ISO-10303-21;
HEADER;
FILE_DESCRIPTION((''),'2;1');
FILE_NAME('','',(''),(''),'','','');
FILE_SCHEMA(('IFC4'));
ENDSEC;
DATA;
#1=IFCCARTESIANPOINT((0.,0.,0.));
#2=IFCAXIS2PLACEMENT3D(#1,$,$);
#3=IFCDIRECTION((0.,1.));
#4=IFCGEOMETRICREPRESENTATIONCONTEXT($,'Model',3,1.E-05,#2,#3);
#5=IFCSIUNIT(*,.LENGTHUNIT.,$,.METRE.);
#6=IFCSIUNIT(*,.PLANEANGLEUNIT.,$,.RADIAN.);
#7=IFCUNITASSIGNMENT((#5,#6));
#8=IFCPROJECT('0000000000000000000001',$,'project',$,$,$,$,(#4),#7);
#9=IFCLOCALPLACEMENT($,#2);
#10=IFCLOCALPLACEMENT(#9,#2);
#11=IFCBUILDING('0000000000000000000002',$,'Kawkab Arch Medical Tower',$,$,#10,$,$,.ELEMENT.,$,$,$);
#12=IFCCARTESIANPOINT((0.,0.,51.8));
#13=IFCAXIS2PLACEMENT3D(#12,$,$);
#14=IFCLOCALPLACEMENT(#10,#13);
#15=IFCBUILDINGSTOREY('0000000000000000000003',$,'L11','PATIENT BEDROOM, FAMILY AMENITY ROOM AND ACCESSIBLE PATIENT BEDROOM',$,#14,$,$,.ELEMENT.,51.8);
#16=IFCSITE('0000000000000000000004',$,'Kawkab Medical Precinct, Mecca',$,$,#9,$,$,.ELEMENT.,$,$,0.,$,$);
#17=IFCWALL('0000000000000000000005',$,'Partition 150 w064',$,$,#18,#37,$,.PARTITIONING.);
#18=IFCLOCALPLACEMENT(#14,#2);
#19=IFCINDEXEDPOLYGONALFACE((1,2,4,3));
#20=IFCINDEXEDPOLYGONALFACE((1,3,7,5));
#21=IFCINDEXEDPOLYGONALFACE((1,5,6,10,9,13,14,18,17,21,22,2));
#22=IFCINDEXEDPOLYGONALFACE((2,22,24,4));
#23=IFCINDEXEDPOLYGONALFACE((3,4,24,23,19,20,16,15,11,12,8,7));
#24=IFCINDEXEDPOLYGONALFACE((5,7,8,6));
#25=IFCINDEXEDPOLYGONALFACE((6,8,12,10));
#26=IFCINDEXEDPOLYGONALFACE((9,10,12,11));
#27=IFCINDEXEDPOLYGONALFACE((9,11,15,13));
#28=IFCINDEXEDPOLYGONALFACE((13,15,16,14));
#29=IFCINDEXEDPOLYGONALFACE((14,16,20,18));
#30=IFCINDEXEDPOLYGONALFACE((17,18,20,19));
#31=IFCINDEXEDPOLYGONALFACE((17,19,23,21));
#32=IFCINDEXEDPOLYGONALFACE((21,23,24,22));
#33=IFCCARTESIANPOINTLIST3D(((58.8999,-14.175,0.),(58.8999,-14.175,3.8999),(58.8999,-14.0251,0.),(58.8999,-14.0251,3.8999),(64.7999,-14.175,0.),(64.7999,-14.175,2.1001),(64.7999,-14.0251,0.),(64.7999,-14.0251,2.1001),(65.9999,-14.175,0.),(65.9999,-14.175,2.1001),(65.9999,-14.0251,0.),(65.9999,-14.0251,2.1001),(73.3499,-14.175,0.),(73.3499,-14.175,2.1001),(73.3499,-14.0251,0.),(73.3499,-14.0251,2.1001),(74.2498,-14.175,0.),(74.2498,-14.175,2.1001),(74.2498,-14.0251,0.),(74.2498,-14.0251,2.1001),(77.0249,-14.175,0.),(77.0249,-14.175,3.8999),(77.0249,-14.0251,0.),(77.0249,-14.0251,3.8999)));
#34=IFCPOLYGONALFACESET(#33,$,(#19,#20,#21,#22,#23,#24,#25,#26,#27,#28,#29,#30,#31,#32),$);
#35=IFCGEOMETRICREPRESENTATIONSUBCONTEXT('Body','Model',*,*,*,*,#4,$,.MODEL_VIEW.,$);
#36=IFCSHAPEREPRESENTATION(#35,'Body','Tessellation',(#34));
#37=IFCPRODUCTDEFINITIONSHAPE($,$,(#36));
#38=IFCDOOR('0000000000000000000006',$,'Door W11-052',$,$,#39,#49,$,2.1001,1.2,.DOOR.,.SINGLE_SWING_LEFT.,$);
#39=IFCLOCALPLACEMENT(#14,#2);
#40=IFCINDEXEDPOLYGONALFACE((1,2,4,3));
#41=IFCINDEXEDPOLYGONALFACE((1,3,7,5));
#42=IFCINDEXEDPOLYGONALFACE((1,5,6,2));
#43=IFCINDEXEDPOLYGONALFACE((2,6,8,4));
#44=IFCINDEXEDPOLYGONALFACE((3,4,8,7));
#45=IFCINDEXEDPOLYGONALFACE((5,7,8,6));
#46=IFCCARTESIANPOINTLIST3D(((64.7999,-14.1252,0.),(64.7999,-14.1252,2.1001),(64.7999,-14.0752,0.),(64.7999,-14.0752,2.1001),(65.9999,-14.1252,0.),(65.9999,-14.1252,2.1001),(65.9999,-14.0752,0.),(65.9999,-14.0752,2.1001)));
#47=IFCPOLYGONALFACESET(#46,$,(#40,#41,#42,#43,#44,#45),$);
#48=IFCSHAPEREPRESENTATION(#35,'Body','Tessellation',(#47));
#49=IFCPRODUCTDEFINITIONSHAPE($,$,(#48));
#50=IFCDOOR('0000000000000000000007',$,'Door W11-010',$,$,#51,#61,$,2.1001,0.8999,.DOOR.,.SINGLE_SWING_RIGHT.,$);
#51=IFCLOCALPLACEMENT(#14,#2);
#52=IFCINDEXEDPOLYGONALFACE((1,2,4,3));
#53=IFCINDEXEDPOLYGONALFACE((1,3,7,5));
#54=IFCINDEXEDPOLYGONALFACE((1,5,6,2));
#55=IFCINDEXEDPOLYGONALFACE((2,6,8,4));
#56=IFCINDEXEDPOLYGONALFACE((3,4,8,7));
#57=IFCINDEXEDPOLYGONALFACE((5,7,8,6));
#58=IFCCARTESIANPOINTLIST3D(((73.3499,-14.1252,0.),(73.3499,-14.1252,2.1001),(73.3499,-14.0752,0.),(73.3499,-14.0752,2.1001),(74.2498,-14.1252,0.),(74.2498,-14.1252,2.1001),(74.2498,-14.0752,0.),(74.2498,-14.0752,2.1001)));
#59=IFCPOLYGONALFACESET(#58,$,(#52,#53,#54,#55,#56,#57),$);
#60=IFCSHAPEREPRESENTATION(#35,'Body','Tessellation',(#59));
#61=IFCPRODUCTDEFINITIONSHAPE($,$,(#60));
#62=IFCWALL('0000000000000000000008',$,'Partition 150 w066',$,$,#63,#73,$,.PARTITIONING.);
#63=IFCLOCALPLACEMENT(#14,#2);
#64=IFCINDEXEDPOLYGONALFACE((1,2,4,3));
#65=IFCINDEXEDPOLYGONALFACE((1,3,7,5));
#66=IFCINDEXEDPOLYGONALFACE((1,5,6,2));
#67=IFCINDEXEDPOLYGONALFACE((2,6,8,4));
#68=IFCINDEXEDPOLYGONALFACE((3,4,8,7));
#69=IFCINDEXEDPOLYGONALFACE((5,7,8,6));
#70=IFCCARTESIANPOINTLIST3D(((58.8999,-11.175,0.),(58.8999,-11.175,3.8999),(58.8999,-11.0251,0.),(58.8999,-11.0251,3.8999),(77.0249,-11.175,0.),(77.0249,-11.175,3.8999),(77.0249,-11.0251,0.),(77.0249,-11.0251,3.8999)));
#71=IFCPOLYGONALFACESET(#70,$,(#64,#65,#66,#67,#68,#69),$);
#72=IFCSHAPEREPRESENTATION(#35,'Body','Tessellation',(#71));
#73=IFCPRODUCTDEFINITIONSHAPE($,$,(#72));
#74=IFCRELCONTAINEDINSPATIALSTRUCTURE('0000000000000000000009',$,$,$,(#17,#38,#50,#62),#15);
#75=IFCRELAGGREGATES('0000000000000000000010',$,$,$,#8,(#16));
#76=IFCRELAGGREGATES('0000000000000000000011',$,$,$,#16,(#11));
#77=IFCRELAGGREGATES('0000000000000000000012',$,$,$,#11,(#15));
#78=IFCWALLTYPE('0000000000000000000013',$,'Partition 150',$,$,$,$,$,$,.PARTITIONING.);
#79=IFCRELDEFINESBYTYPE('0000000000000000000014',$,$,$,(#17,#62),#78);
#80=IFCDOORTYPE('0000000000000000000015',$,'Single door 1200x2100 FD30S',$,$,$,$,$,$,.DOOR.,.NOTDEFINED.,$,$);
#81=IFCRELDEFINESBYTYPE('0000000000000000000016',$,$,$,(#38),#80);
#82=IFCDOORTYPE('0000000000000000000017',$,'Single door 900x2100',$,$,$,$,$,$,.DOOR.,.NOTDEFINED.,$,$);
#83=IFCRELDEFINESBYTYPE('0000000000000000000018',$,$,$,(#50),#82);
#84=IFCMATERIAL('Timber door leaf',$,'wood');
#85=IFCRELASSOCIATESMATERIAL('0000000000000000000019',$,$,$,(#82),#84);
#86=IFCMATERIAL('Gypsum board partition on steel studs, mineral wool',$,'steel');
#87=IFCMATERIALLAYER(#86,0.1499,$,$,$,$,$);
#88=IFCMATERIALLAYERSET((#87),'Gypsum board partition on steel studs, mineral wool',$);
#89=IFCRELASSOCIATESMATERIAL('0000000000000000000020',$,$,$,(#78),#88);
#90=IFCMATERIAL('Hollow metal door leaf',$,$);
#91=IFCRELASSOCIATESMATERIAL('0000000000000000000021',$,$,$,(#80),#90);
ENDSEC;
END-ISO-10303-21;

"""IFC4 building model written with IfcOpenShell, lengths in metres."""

from ifc_helpers import new_model, si_unit, direction, frame, frame_2d, origin, place, context, subcontext, project, spatial, rectangle, extrude, material, layer, layer_set, type_object, element, fill, save


model = new_model("IFC4")

# Units and contexts
model_context = context("Model", 3, precision=1e-05, world=origin(), true_north=direction((0.0, 1.0)))
body_context = subcontext(model_context, "Body", "Model", "MODEL_VIEW")
ifc_project = project(units=[si_unit("LENGTHUNIT", "METRE"), si_unit("PLANEANGLEUNIT", "RADIAN")], contexts=[model_context])

# Site, building, storey
site_placement = place(None, origin())
site = spatial("IfcSite", under=ifc_project, at=site_placement, Name="Kawkab Medical Precinct, Mecca", CompositionType="ELEMENT", RefElevation=0.0)
building_placement = place(site_placement, origin())
building = spatial("IfcBuilding", under=site, at=building_placement, Name="Kawkab Arch Medical Tower", CompositionType="ELEMENT")
storey_placement = place(building_placement, frame((0.0, 0.0, 51.8)))
storey = spatial("IfcBuildingStorey", under=building, at=storey_placement, Name="L11", Description="PATIENT BEDROOM, FAMILY AMENITY ROOM AND ACCESSIBLE PATIENT BEDROOM", CompositionType="ELEMENT", Elevation=51.8)

# Shared definitions
ifc_material_1 = material(Name="Timber door leaf", Category="wood")
door_type_1 = type_object("IfcDoorType", Name="Single door 900x2100", OperationType="NOTDEFINED", PredefinedType="DOOR", material=ifc_material_1)

# Wall, openings, doors
ifc_material_2 = material(Name="Gypsum board partition on steel studs, mineral wool", Category="steel")
ifc_layer_1 = layer(ifc_material_2, 0.1499)
ifc_layer_set_1 = layer_set([ifc_layer_1], Name="Gypsum board partition on steel studs, mineral wool")
wall_type_1 = type_object("IfcWallType", Name="Partition 150", PredefinedType="PARTITIONING", material=ifc_layer_set_1)
wall_1_placement = place(storey_placement, frame((58.8999, -14.1001, 0.0), z_axis=(0.0, 0.0, 1.0), x_axis=(1.0, 0.0, 0.0)))
wall_1 = element("IfcWall", 1, at=wall_1_placement, inside=storey, type_object=wall_type_1, Name="Partition 150 w064", PredefinedType="PARTITIONING", context=body_context, shape_type="SweptSolid", body=[
    extrude(rectangle(XDim=18.125, YDim=0.1499, at=frame_2d((9.0625, 0.0))), origin(), (0.0, 0.0, 1.0), 3.8999),
])
opening_1_placement = place(wall_1_placement, frame((5.8999, 0.0, 0.0)))
opening_1 = element("IfcOpeningElement", 2, at=opening_1_placement, cuts=wall_1, PredefinedType="OPENING", context=body_context, shape_type="SweptSolid", body=[
    extrude(rectangle(XDim=1.2, YDim=2.1001, at=frame_2d((0.6001, 1.05))), frame((0.0, 0.085, 0.0), z_axis=(0.0, -1.0, 0.0), x_axis=(1.0, 0.0, 0.0)), (0.0, 0.0, 1.0), 0.1699),
])
opening_2_placement = place(wall_1_placement, frame((14.45, 0.0, 0.0)))
opening_2 = element("IfcOpeningElement", 3, at=opening_2_placement, cuts=wall_1, PredefinedType="OPENING", context=body_context, shape_type="SweptSolid", body=[
    extrude(rectangle(XDim=0.8999, YDim=2.1001, at=frame_2d((0.45, 1.05))), frame((0.0, 0.085, 0.0), z_axis=(0.0, -1.0, 0.0), x_axis=(1.0, 0.0, 0.0)), (0.0, 0.0, 1.0), 0.1699),
])
ifc_material_3 = material(Name="Hollow metal door leaf")
door_type_2 = type_object("IfcDoorType", Name="Single door 1200x2100 FD30S", OperationType="NOTDEFINED", PredefinedType="DOOR", material=ifc_material_3)
door_1_placement = place(opening_1_placement, origin())
door_1 = element("IfcDoor", 4, at=door_1_placement, inside=storey, type_object=door_type_2, Name="Door W11-052", OperationType="SINGLE_SWING_LEFT", OverallHeight=2.1001, OverallWidth=1.2, PredefinedType="DOOR", context=body_context, shape_type="SweptSolid", body=[
    extrude(rectangle(XDim=1.2, YDim=2.1001, at=frame_2d((0.6001, 1.05))), frame((0.0, 0.0249, 0.0), z_axis=(0.0, -1.0, 0.0), x_axis=(1.0, 0.0, 0.0)), (0.0, 0.0, 1.0), 0.05),
])
fill(opening_1, door_1)
door_2_placement = place(opening_2_placement, origin())
door_2 = element("IfcDoor", 5, at=door_2_placement, inside=storey, type_object=door_type_1, Name="Door W11-010", OperationType="SINGLE_SWING_RIGHT", OverallHeight=2.1001, OverallWidth=0.8999, PredefinedType="DOOR", context=body_context, shape_type="SweptSolid", body=[
    extrude(rectangle(XDim=0.8999, YDim=2.1001, at=frame_2d((0.45, 1.05))), frame((0.0, 0.0249, 0.0), z_axis=(0.0, -1.0, 0.0), x_axis=(1.0, 0.0, 0.0)), (0.0, 0.0, 1.0), 0.05),
])
fill(opening_2, door_2)

# Wall
wall_2_placement = place(storey_placement, frame((58.8999, -11.1001, 0.0), z_axis=(0.0, 0.0, 1.0), x_axis=(1.0, 0.0, 0.0)))
element("IfcWall", 6, at=wall_2_placement, inside=storey, type_object=wall_type_1, Name="Partition 150 w066", PredefinedType="PARTITIONING", context=body_context, shape_type="SweptSolid", body=[
    extrude(rectangle(XDim=18.125, YDim=0.1499, at=frame_2d((9.0625, 0.0))), origin(), (0.0, 0.0, 1.0), 3.8999),
])

save(model, "model.ifc")
